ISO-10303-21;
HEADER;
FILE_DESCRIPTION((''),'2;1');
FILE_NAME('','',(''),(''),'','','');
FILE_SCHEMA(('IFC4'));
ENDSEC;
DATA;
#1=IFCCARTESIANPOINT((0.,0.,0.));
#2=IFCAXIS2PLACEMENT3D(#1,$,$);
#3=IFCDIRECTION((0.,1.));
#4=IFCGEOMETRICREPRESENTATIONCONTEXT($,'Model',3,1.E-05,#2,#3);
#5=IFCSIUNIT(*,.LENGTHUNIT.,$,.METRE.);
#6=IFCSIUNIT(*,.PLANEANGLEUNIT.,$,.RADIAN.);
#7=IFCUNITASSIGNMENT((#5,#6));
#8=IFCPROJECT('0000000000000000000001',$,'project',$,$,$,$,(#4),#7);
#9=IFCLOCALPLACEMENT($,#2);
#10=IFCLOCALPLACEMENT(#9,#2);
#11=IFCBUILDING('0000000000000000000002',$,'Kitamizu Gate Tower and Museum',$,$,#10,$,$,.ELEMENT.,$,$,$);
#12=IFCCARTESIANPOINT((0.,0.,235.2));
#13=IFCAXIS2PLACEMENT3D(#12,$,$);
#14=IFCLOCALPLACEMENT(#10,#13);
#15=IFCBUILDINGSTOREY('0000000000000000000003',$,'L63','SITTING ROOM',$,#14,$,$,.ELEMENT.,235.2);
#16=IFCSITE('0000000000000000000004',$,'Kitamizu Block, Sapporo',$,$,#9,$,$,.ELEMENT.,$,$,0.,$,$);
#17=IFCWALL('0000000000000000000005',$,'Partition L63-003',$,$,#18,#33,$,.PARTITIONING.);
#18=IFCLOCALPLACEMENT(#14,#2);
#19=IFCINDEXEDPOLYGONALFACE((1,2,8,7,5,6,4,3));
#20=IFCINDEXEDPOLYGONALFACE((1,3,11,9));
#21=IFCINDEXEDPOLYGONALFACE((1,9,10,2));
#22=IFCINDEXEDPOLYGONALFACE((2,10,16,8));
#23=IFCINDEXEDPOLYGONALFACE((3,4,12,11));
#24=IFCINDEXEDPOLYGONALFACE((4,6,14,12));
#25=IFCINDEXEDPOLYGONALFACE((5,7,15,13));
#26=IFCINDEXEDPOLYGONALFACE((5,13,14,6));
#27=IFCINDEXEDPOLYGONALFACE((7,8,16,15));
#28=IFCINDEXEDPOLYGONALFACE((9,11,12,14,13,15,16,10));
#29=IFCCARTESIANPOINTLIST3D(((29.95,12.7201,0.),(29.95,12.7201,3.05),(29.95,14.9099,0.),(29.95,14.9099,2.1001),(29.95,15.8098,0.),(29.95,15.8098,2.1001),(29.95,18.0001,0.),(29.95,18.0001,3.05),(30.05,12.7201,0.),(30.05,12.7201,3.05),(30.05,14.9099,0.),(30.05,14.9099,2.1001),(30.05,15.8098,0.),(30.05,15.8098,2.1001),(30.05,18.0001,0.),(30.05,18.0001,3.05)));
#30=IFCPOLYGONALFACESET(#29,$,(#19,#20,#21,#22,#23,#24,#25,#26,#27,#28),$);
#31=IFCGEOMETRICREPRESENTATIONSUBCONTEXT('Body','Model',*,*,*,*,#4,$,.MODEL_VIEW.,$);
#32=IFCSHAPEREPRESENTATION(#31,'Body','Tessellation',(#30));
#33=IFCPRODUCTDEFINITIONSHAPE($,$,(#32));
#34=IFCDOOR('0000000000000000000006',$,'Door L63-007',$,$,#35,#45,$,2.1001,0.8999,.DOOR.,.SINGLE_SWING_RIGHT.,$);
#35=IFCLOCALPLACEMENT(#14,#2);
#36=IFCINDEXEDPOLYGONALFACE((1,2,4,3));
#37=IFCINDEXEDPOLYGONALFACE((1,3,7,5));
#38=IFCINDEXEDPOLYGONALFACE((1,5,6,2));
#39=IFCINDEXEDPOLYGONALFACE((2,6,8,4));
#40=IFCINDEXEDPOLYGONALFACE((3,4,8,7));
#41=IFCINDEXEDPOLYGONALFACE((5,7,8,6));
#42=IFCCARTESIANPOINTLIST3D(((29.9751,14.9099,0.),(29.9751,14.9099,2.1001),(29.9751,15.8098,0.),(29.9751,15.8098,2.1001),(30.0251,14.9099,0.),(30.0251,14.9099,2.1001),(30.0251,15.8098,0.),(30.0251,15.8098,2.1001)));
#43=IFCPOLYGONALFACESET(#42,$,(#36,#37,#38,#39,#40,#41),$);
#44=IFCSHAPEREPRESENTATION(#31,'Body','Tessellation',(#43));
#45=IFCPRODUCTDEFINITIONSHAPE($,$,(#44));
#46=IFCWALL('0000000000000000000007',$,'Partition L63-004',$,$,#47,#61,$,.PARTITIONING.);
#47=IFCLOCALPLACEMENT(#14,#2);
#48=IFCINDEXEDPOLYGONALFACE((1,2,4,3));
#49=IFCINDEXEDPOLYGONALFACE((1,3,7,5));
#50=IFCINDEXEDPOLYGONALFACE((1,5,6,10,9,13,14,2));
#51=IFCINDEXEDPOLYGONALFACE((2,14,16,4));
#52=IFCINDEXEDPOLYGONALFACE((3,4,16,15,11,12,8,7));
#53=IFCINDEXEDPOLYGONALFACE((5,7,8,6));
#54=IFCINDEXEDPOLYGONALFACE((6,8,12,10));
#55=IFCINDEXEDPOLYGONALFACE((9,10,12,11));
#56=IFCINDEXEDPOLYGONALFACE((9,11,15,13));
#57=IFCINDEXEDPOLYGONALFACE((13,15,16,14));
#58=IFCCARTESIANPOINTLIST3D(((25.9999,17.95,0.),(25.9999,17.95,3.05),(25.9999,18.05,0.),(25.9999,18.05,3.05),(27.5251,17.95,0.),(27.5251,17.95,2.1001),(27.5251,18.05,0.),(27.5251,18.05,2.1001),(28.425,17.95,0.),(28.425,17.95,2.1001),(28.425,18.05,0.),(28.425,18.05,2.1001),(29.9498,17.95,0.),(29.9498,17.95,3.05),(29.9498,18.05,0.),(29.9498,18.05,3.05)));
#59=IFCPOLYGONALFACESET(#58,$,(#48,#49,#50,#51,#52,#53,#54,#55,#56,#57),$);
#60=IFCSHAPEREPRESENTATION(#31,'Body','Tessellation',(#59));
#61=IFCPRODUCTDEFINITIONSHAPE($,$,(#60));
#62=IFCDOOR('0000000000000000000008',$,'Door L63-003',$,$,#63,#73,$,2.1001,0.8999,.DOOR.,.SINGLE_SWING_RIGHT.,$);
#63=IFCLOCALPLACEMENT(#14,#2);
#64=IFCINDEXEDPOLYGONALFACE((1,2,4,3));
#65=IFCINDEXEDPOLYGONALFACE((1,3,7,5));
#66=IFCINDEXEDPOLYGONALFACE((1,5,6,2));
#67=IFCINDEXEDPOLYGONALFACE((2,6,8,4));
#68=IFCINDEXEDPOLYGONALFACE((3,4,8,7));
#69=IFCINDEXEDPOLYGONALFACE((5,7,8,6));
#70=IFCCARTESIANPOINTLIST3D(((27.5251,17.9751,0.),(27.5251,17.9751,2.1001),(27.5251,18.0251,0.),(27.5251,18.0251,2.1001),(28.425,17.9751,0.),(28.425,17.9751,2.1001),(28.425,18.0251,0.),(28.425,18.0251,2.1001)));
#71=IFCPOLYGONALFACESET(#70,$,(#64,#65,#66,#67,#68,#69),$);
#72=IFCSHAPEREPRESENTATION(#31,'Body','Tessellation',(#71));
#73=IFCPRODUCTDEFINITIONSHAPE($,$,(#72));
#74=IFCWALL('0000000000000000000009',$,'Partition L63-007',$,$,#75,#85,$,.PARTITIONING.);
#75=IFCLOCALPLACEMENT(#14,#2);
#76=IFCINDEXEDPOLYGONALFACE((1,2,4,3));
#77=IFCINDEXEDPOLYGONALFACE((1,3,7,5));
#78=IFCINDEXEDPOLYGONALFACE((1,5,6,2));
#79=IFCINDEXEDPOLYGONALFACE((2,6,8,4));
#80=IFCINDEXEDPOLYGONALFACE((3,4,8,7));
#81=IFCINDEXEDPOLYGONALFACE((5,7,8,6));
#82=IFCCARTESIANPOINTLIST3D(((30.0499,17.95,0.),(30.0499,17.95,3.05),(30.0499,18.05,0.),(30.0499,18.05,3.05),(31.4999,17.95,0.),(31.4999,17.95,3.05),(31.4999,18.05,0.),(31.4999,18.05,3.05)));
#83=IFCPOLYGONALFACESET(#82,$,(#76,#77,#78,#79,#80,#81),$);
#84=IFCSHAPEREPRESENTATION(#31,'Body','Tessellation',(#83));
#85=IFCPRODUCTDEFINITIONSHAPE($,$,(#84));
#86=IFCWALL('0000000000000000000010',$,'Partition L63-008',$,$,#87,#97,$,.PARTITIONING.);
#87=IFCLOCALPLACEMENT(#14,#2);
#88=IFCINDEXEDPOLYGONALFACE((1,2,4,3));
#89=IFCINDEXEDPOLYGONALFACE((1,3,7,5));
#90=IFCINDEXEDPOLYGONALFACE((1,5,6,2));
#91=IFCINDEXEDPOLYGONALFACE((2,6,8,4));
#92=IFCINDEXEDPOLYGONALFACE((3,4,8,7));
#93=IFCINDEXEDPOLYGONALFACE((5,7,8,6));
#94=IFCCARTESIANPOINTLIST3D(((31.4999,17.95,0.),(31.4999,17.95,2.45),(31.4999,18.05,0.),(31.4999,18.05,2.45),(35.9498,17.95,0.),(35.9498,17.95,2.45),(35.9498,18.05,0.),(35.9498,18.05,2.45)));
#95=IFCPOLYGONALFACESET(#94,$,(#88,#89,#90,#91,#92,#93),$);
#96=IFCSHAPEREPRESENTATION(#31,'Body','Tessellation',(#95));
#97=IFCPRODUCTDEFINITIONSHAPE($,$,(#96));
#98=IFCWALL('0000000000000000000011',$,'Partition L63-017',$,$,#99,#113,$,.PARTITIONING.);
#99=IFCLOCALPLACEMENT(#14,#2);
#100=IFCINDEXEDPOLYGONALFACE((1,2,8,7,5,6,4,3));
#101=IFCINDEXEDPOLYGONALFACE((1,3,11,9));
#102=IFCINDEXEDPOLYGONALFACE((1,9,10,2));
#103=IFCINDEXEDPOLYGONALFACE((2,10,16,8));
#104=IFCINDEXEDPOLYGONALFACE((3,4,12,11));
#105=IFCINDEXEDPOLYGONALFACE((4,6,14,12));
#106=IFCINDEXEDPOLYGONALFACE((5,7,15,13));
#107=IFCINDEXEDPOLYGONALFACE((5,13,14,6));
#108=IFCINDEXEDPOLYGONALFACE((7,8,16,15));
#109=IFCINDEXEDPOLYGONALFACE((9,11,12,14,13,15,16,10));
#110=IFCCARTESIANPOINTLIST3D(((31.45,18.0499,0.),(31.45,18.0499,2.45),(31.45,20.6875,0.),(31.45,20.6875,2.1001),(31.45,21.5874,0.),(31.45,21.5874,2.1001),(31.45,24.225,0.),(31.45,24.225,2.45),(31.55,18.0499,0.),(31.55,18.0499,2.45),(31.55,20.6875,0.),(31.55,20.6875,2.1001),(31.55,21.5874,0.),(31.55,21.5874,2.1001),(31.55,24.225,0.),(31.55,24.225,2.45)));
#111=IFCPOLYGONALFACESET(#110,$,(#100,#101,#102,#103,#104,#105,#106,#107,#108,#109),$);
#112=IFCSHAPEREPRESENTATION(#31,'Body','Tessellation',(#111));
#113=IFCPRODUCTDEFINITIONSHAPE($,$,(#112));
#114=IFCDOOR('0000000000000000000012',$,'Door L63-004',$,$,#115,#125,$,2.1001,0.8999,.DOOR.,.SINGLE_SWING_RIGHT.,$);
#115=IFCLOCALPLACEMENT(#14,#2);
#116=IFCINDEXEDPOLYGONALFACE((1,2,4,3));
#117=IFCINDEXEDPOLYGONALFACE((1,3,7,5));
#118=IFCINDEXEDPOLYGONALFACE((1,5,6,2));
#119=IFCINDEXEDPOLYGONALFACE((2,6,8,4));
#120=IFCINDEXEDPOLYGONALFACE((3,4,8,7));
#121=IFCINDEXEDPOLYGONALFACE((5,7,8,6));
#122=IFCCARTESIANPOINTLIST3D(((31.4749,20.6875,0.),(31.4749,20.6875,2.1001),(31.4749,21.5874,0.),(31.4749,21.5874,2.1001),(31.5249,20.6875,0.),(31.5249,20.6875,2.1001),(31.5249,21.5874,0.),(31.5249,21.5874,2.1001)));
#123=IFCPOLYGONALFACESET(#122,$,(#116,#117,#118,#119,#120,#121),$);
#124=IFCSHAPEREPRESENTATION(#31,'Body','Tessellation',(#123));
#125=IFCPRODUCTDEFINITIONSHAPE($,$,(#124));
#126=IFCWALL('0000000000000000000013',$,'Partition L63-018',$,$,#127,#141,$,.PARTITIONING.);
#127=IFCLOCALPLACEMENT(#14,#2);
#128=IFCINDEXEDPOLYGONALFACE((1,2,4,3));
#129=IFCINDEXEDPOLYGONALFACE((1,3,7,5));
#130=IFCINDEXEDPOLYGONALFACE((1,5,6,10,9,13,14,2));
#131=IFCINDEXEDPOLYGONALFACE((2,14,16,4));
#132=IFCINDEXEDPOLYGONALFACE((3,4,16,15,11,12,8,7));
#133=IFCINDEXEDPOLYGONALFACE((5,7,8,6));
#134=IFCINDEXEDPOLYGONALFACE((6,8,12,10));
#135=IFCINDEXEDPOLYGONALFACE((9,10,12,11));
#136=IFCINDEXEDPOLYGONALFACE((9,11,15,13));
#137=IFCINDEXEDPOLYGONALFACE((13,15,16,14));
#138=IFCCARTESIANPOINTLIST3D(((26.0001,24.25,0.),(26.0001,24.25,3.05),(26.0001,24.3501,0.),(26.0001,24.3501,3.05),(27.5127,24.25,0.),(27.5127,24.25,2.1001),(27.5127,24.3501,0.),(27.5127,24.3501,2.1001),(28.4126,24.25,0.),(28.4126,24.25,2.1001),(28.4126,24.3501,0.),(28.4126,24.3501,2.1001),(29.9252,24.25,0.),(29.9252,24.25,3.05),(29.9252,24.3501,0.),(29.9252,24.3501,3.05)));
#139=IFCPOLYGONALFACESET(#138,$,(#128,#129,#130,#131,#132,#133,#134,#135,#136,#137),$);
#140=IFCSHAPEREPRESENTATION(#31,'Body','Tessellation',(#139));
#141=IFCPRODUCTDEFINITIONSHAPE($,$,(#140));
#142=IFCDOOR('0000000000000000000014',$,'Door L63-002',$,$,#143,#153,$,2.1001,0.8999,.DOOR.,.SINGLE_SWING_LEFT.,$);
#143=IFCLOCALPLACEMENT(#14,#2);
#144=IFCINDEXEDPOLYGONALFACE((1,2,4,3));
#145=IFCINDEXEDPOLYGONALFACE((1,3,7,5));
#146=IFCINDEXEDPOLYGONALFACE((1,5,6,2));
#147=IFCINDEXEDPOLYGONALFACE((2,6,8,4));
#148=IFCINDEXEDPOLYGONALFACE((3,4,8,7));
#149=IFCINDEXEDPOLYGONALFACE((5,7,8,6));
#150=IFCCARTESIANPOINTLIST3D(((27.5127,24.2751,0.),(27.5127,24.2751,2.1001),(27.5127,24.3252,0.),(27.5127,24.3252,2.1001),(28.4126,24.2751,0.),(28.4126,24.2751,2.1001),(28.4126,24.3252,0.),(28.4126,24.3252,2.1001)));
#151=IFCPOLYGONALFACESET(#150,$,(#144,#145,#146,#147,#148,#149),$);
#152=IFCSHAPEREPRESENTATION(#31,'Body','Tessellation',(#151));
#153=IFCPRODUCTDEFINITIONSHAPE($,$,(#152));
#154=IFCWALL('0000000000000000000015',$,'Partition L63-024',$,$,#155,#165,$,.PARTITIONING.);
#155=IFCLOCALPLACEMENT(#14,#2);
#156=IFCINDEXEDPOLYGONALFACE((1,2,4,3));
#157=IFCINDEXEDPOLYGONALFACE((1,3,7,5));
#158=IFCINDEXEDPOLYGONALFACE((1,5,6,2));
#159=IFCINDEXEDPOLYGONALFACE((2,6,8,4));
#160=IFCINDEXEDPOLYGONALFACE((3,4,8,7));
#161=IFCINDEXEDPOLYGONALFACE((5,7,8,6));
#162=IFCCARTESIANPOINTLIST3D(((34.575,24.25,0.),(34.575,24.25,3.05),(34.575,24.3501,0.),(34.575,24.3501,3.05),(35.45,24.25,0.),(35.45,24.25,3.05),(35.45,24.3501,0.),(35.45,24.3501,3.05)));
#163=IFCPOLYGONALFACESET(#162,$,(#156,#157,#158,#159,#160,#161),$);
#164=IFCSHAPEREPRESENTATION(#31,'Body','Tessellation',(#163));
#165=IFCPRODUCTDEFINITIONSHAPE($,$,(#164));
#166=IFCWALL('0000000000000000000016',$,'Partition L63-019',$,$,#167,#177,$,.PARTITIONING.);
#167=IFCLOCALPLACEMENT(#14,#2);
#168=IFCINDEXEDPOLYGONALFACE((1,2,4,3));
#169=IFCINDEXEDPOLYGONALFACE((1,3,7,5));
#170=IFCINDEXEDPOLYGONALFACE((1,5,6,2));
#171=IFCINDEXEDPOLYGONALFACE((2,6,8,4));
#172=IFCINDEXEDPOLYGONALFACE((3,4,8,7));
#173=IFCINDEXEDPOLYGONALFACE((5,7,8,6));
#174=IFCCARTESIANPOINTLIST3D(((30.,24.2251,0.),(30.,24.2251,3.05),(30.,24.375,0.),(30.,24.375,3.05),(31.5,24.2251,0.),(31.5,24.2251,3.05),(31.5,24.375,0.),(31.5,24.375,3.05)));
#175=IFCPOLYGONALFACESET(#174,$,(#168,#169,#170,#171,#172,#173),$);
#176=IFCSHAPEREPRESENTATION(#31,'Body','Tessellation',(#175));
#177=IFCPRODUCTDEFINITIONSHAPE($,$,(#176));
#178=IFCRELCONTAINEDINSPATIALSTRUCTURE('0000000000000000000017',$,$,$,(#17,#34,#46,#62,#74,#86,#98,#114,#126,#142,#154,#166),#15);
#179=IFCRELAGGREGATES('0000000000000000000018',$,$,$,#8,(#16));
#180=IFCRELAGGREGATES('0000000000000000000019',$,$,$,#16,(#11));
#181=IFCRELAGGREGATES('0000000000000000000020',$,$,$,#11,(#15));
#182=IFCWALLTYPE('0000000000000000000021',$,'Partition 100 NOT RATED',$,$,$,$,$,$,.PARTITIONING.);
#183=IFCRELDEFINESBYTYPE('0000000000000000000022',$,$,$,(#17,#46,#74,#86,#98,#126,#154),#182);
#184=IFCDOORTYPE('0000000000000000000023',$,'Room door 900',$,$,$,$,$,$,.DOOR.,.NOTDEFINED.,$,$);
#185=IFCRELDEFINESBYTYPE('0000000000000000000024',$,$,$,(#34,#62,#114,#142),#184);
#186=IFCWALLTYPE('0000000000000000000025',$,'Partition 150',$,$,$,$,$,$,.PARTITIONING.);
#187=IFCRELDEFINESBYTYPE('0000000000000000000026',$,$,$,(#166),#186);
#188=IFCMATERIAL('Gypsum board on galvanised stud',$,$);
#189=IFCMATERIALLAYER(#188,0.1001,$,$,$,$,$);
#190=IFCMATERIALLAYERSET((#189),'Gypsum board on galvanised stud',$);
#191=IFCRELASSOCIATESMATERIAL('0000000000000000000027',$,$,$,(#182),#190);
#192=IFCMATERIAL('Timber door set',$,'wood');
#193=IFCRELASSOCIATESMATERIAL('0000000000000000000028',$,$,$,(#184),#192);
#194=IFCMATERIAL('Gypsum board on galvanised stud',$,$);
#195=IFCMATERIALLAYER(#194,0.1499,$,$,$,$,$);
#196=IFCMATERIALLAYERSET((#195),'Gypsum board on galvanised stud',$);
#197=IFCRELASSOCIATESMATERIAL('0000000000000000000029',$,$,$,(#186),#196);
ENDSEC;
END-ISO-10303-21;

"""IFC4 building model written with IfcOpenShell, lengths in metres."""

from ifc_helpers import new_model, si_unit, direction, frame, frame_2d, origin, place, context, subcontext, project, spatial, rectangle, extrude, material, layer, layer_set, type_object, element, fill, save


model = new_model("IFC4")

# Units and contexts
model_context = context("Model", 3, precision=1e-05, world=origin(), true_north=direction((0.0, 1.0)))
body_context = subcontext(model_context, "Body", "Model", "MODEL_VIEW")
ifc_project = project(units=[si_unit("LENGTHUNIT", "METRE"), si_unit("PLANEANGLEUNIT", "RADIAN")], contexts=[model_context])

# Site, building, storey
site_placement = place(None, origin())
site = spatial("IfcSite", under=ifc_project, at=site_placement, Name="Kitamizu Block, Sapporo", CompositionType="ELEMENT", RefElevation=0.0)
building_placement = place(site_placement, origin())
building = spatial("IfcBuilding", under=site, at=building_placement, Name="Kitamizu Gate Tower and Museum", CompositionType="ELEMENT")
storey_placement = place(building_placement, frame((0.0, 0.0, 235.2)))
storey = spatial("IfcBuildingStorey", under=building, at=storey_placement, Name="L63", Description="SITTING ROOM", CompositionType="ELEMENT", Elevation=235.2)

# Walls, openings, doors
ifc_material_1 = material(Name="Gypsum board on galvanised stud")
ifc_layer_1 = layer(ifc_material_1, 0.1001)
ifc_layer_set_1 = layer_set([ifc_layer_1], Name="Gypsum board on galvanised stud")
wall_type_1 = type_object("IfcWallType", Name="Partition 100 NOT RATED", PredefinedType="PARTITIONING", material=ifc_layer_set_1)
ifc_material_2 = material(Name="Timber door set", Category="wood")
door_type_1 = type_object("IfcDoorType", Name="Room door 900", OperationType="NOTDEFINED", PredefinedType="DOOR", material=ifc_material_2)
wall_1_placement = place(storey_placement, frame((30.0, 12.72, 0.0), z_axis=(0.0, 0.0, 1.0), x_axis=(0.0, 1.0, 0.0)))
wall_1 = element("IfcWall", 1, at=wall_1_placement, inside=storey, type_object=wall_type_1, Name="Partition L63-003", PredefinedType="PARTITIONING", context=body_context, shape_type="SweptSolid", body=[
    extrude(rectangle(XDim=5.28, YDim=0.1001, at=frame_2d((2.6401, 0.0))), origin(), (0.0, 0.0, 1.0), 3.05),
])
opening_1_placement = place(wall_1_placement, frame((2.1899, 0.0, 0.0)))
opening_1 = element("IfcOpeningElement", 2, at=opening_1_placement, cuts=wall_1, PredefinedType="OPENING", context=body_context, shape_type="SweptSolid", body=[
    extrude(rectangle(XDim=0.8999, YDim=2.1001, at=frame_2d((0.45, 1.05))), frame((0.0, 0.0601, 0.0), z_axis=(0.0, -1.0, 0.0), x_axis=(1.0, 0.0, 0.0)), (0.0, 0.0, 1.0), 0.1201),
])
door_1_placement = place(opening_1_placement, origin())
door_1 = element("IfcDoor", 3, at=door_1_placement, inside=storey, type_object=door_type_1, Name="Door L63-007", OperationType="SINGLE_SWING_RIGHT", OverallHeight=2.1001, OverallWidth=0.8999, PredefinedType="DOOR", context=body_context, shape_type="SweptSolid", body=[
    extrude(rectangle(XDim=0.8999, YDim=2.1001, at=frame_2d((0.45, 1.05))), frame((0.0, 0.0249, 0.0), z_axis=(0.0, -1.0, 0.0), x_axis=(1.0, 0.0, 0.0)), (0.0, 0.0, 1.0), 0.05),
])
fill(opening_1, door_1)
wall_2_placement = place(storey_placement, frame((29.95, 18.0, 0.0), z_axis=(0.0, 0.0, 1.0), x_axis=(-1.0, 0.0, 0.0)))
wall_2 = element("IfcWall", 4, at=wall_2_placement, inside=storey, type_object=wall_type_1, Name="Partition L63-004", PredefinedType="PARTITIONING", context=body_context, shape_type="SweptSolid", body=[
    extrude(rectangle(XDim=3.95, YDim=0.1001, at=frame_2d((1.9751, 0.0))), origin(), (0.0, 0.0, 1.0), 3.05),
])
opening_2_placement = place(wall_2_placement, frame((1.5249, 0.0, 0.0)))
opening_2 = element("IfcOpeningElement", 5, at=opening_2_placement, cuts=wall_2, PredefinedType="OPENING", context=body_context, shape_type="SweptSolid", body=[
    extrude(rectangle(XDim=0.8999, YDim=2.1001, at=frame_2d((0.45, 1.05))), frame((0.0, 0.0601, 0.0), z_axis=(0.0, -1.0, 0.0), x_axis=(1.0, 0.0, 0.0)), (0.0, 0.0, 1.0), 0.1201),
])
door_2_placement = place(opening_2_placement, origin())
door_2 = element("IfcDoor", 6, at=door_2_placement, inside=storey, type_object=door_type_1, Name="Door L63-003", OperationType="SINGLE_SWING_RIGHT", OverallHeight=2.1001, OverallWidth=0.8999, PredefinedType="DOOR", context=body_context, shape_type="SweptSolid", body=[
    extrude(rectangle(XDim=0.8999, YDim=2.1001, at=frame_2d((0.45, 1.05))), frame((0.0, 0.0249, 0.0), z_axis=(0.0, -1.0, 0.0), x_axis=(1.0, 0.0, 0.0)), (0.0, 0.0, 1.0), 0.05),
])
fill(opening_2, door_2)

# Walls
wall_3_placement = place(storey_placement, frame((31.5, 18.0, 0.0), z_axis=(0.0, 0.0, 1.0), x_axis=(-1.0, 0.0, 0.0)))
element("IfcWall", 7, at=wall_3_placement, inside=storey, type_object=wall_type_1, Name="Partition L63-007", PredefinedType="PARTITIONING", context=body_context, shape_type="SweptSolid", body=[
    extrude(rectangle(XDim=1.45, YDim=0.1001, at=frame_2d((0.7251, 0.0))), origin(), (0.0, 0.0, 1.0), 3.05),
])
wall_4_placement = place(storey_placement, frame((35.95, 18.0, 0.0), z_axis=(0.0, 0.0, 1.0), x_axis=(-1.0, 0.0, 0.0)))
element("IfcWall", 8, at=wall_4_placement, inside=storey, type_object=wall_type_1, Name="Partition L63-008", PredefinedType="PARTITIONING", context=body_context, shape_type="SweptSolid", body=[
    extrude(rectangle(XDim=4.45, YDim=0.1001, at=frame_2d((2.2251, 0.0))), origin(), (0.0, 0.0, 1.0), 2.45),
])

# Walls, openings, doors
wall_5_placement = place(storey_placement, frame((31.5, 18.05, 0.0), z_axis=(0.0, 0.0, 1.0), x_axis=(0.0, 1.0, 0.0)))
wall_5 = element("IfcWall", 9, at=wall_5_placement, inside=storey, type_object=wall_type_1, Name="Partition L63-017", PredefinedType="PARTITIONING", context=body_context, shape_type="SweptSolid", body=[
    extrude(rectangle(XDim=6.175, YDim=0.1001, at=frame_2d((3.0874, 0.0))), origin(), (0.0, 0.0, 1.0), 2.45),
])
opening_3_placement = place(wall_5_placement, frame((2.6375, 0.0, 0.0)))
opening_3 = element("IfcOpeningElement", 10, at=opening_3_placement, cuts=wall_5, PredefinedType="OPENING", context=body_context, shape_type="SweptSolid", body=[
    extrude(rectangle(XDim=0.8999, YDim=2.1001, at=frame_2d((0.45, 1.05))), frame((0.0, 0.0601, 0.0), z_axis=(0.0, -1.0, 0.0), x_axis=(1.0, 0.0, 0.0)), (0.0, 0.0, 1.0), 0.1201),
])
door_3_placement = place(opening_3_placement, frame((0.8999, 0.0, 0.0), x_axis=(-1.0, 0.0, 0.0)))
door_3 = element("IfcDoor", 11, at=door_3_placement, inside=storey, type_object=door_type_1, Name="Door L63-004", OperationType="SINGLE_SWING_RIGHT", OverallHeight=2.1001, OverallWidth=0.8999, PredefinedType="DOOR", context=body_context, shape_type="SweptSolid", body=[
    extrude(rectangle(XDim=0.8999, YDim=2.1001, at=frame_2d((0.45, 1.05))), frame((0.0, 0.0249, 0.0), z_axis=(0.0, -1.0, 0.0), x_axis=(1.0, 0.0, 0.0)), (0.0, 0.0, 1.0), 0.05),
])
fill(opening_3, door_3)
wall_6_placement = place(storey_placement, frame((29.925, 24.3, 0.0), z_axis=(0.0, 0.0, 1.0), x_axis=(-1.0, 0.0, 0.0)))
wall_6 = element("IfcWall", 12, at=wall_6_placement, inside=storey, type_object=wall_type_1, Name="Partition L63-018", PredefinedType="PARTITIONING", context=body_context, shape_type="SweptSolid", body=[
    extrude(rectangle(XDim=3.925, YDim=0.1001, at=frame_2d((1.9624, 0.0))), origin(), (0.0, 0.0, 1.0), 3.05),
])
opening_4_placement = place(wall_6_placement, frame((1.5125, 0.0, 0.0)))
opening_4 = element("IfcOpeningElement", 13, at=opening_4_placement, cuts=wall_6, PredefinedType="OPENING", context=body_context, shape_type="SweptSolid", body=[
    extrude(rectangle(XDim=0.8999, YDim=2.1001, at=frame_2d((0.45, 1.05))), frame((0.0, 0.0601, 0.0), z_axis=(0.0, -1.0, 0.0), x_axis=(1.0, 0.0, 0.0)), (0.0, 0.0, 1.0), 0.1201),
])
door_4_placement = place(opening_4_placement, origin())
door_4 = element("IfcDoor", 14, at=door_4_placement, inside=storey, type_object=door_type_1, Name="Door L63-002", OperationType="SINGLE_SWING_LEFT", OverallHeight=2.1001, OverallWidth=0.8999, PredefinedType="DOOR", context=body_context, shape_type="SweptSolid", body=[
    extrude(rectangle(XDim=0.8999, YDim=2.1001, at=frame_2d((0.45, 1.05))), frame((0.0, 0.0249, 0.0), z_axis=(0.0, -1.0, 0.0), x_axis=(1.0, 0.0, 0.0)), (0.0, 0.0, 1.0), 0.05),
])
fill(opening_4, door_4)

# Walls
wall_7_placement = place(storey_placement, frame((35.45, 24.3, 0.0), z_axis=(0.0, 0.0, 1.0), x_axis=(-1.0, 0.0, 0.0)))
element("IfcWall", 15, at=wall_7_placement, inside=storey, type_object=wall_type_1, Name="Partition L63-024", PredefinedType="PARTITIONING", context=body_context, shape_type="SweptSolid", body=[
    extrude(rectangle(XDim=0.875, YDim=0.1001, at=frame_2d((0.4375, 0.0))), origin(), (0.0, 0.0, 1.0), 3.05),
])
ifc_material_3 = material(Name="Gypsum board on galvanised stud")
ifc_layer_2 = layer(ifc_material_3, 0.1499)
ifc_layer_set_2 = layer_set([ifc_layer_2], Name="Gypsum board on galvanised stud")
wall_type_2 = type_object("IfcWallType", Name="Partition 150", PredefinedType="PARTITIONING", material=ifc_layer_set_2)
wall_8_placement = place(storey_placement, frame((31.5, 24.3, 0.0), z_axis=(0.0, 0.0, 1.0), x_axis=(-1.0, 0.0, 0.0)))
element("IfcWall", 16, at=wall_8_placement, inside=storey, type_object=wall_type_2, Name="Partition L63-019", PredefinedType="PARTITIONING", context=body_context, shape_type="SweptSolid", body=[
    extrude(rectangle(XDim=1.5, YDim=0.1499, at=frame_2d((0.75, 0.0))), origin(), (0.0, 0.0, 1.0), 3.05),
])

save(model, "model.ifc")
